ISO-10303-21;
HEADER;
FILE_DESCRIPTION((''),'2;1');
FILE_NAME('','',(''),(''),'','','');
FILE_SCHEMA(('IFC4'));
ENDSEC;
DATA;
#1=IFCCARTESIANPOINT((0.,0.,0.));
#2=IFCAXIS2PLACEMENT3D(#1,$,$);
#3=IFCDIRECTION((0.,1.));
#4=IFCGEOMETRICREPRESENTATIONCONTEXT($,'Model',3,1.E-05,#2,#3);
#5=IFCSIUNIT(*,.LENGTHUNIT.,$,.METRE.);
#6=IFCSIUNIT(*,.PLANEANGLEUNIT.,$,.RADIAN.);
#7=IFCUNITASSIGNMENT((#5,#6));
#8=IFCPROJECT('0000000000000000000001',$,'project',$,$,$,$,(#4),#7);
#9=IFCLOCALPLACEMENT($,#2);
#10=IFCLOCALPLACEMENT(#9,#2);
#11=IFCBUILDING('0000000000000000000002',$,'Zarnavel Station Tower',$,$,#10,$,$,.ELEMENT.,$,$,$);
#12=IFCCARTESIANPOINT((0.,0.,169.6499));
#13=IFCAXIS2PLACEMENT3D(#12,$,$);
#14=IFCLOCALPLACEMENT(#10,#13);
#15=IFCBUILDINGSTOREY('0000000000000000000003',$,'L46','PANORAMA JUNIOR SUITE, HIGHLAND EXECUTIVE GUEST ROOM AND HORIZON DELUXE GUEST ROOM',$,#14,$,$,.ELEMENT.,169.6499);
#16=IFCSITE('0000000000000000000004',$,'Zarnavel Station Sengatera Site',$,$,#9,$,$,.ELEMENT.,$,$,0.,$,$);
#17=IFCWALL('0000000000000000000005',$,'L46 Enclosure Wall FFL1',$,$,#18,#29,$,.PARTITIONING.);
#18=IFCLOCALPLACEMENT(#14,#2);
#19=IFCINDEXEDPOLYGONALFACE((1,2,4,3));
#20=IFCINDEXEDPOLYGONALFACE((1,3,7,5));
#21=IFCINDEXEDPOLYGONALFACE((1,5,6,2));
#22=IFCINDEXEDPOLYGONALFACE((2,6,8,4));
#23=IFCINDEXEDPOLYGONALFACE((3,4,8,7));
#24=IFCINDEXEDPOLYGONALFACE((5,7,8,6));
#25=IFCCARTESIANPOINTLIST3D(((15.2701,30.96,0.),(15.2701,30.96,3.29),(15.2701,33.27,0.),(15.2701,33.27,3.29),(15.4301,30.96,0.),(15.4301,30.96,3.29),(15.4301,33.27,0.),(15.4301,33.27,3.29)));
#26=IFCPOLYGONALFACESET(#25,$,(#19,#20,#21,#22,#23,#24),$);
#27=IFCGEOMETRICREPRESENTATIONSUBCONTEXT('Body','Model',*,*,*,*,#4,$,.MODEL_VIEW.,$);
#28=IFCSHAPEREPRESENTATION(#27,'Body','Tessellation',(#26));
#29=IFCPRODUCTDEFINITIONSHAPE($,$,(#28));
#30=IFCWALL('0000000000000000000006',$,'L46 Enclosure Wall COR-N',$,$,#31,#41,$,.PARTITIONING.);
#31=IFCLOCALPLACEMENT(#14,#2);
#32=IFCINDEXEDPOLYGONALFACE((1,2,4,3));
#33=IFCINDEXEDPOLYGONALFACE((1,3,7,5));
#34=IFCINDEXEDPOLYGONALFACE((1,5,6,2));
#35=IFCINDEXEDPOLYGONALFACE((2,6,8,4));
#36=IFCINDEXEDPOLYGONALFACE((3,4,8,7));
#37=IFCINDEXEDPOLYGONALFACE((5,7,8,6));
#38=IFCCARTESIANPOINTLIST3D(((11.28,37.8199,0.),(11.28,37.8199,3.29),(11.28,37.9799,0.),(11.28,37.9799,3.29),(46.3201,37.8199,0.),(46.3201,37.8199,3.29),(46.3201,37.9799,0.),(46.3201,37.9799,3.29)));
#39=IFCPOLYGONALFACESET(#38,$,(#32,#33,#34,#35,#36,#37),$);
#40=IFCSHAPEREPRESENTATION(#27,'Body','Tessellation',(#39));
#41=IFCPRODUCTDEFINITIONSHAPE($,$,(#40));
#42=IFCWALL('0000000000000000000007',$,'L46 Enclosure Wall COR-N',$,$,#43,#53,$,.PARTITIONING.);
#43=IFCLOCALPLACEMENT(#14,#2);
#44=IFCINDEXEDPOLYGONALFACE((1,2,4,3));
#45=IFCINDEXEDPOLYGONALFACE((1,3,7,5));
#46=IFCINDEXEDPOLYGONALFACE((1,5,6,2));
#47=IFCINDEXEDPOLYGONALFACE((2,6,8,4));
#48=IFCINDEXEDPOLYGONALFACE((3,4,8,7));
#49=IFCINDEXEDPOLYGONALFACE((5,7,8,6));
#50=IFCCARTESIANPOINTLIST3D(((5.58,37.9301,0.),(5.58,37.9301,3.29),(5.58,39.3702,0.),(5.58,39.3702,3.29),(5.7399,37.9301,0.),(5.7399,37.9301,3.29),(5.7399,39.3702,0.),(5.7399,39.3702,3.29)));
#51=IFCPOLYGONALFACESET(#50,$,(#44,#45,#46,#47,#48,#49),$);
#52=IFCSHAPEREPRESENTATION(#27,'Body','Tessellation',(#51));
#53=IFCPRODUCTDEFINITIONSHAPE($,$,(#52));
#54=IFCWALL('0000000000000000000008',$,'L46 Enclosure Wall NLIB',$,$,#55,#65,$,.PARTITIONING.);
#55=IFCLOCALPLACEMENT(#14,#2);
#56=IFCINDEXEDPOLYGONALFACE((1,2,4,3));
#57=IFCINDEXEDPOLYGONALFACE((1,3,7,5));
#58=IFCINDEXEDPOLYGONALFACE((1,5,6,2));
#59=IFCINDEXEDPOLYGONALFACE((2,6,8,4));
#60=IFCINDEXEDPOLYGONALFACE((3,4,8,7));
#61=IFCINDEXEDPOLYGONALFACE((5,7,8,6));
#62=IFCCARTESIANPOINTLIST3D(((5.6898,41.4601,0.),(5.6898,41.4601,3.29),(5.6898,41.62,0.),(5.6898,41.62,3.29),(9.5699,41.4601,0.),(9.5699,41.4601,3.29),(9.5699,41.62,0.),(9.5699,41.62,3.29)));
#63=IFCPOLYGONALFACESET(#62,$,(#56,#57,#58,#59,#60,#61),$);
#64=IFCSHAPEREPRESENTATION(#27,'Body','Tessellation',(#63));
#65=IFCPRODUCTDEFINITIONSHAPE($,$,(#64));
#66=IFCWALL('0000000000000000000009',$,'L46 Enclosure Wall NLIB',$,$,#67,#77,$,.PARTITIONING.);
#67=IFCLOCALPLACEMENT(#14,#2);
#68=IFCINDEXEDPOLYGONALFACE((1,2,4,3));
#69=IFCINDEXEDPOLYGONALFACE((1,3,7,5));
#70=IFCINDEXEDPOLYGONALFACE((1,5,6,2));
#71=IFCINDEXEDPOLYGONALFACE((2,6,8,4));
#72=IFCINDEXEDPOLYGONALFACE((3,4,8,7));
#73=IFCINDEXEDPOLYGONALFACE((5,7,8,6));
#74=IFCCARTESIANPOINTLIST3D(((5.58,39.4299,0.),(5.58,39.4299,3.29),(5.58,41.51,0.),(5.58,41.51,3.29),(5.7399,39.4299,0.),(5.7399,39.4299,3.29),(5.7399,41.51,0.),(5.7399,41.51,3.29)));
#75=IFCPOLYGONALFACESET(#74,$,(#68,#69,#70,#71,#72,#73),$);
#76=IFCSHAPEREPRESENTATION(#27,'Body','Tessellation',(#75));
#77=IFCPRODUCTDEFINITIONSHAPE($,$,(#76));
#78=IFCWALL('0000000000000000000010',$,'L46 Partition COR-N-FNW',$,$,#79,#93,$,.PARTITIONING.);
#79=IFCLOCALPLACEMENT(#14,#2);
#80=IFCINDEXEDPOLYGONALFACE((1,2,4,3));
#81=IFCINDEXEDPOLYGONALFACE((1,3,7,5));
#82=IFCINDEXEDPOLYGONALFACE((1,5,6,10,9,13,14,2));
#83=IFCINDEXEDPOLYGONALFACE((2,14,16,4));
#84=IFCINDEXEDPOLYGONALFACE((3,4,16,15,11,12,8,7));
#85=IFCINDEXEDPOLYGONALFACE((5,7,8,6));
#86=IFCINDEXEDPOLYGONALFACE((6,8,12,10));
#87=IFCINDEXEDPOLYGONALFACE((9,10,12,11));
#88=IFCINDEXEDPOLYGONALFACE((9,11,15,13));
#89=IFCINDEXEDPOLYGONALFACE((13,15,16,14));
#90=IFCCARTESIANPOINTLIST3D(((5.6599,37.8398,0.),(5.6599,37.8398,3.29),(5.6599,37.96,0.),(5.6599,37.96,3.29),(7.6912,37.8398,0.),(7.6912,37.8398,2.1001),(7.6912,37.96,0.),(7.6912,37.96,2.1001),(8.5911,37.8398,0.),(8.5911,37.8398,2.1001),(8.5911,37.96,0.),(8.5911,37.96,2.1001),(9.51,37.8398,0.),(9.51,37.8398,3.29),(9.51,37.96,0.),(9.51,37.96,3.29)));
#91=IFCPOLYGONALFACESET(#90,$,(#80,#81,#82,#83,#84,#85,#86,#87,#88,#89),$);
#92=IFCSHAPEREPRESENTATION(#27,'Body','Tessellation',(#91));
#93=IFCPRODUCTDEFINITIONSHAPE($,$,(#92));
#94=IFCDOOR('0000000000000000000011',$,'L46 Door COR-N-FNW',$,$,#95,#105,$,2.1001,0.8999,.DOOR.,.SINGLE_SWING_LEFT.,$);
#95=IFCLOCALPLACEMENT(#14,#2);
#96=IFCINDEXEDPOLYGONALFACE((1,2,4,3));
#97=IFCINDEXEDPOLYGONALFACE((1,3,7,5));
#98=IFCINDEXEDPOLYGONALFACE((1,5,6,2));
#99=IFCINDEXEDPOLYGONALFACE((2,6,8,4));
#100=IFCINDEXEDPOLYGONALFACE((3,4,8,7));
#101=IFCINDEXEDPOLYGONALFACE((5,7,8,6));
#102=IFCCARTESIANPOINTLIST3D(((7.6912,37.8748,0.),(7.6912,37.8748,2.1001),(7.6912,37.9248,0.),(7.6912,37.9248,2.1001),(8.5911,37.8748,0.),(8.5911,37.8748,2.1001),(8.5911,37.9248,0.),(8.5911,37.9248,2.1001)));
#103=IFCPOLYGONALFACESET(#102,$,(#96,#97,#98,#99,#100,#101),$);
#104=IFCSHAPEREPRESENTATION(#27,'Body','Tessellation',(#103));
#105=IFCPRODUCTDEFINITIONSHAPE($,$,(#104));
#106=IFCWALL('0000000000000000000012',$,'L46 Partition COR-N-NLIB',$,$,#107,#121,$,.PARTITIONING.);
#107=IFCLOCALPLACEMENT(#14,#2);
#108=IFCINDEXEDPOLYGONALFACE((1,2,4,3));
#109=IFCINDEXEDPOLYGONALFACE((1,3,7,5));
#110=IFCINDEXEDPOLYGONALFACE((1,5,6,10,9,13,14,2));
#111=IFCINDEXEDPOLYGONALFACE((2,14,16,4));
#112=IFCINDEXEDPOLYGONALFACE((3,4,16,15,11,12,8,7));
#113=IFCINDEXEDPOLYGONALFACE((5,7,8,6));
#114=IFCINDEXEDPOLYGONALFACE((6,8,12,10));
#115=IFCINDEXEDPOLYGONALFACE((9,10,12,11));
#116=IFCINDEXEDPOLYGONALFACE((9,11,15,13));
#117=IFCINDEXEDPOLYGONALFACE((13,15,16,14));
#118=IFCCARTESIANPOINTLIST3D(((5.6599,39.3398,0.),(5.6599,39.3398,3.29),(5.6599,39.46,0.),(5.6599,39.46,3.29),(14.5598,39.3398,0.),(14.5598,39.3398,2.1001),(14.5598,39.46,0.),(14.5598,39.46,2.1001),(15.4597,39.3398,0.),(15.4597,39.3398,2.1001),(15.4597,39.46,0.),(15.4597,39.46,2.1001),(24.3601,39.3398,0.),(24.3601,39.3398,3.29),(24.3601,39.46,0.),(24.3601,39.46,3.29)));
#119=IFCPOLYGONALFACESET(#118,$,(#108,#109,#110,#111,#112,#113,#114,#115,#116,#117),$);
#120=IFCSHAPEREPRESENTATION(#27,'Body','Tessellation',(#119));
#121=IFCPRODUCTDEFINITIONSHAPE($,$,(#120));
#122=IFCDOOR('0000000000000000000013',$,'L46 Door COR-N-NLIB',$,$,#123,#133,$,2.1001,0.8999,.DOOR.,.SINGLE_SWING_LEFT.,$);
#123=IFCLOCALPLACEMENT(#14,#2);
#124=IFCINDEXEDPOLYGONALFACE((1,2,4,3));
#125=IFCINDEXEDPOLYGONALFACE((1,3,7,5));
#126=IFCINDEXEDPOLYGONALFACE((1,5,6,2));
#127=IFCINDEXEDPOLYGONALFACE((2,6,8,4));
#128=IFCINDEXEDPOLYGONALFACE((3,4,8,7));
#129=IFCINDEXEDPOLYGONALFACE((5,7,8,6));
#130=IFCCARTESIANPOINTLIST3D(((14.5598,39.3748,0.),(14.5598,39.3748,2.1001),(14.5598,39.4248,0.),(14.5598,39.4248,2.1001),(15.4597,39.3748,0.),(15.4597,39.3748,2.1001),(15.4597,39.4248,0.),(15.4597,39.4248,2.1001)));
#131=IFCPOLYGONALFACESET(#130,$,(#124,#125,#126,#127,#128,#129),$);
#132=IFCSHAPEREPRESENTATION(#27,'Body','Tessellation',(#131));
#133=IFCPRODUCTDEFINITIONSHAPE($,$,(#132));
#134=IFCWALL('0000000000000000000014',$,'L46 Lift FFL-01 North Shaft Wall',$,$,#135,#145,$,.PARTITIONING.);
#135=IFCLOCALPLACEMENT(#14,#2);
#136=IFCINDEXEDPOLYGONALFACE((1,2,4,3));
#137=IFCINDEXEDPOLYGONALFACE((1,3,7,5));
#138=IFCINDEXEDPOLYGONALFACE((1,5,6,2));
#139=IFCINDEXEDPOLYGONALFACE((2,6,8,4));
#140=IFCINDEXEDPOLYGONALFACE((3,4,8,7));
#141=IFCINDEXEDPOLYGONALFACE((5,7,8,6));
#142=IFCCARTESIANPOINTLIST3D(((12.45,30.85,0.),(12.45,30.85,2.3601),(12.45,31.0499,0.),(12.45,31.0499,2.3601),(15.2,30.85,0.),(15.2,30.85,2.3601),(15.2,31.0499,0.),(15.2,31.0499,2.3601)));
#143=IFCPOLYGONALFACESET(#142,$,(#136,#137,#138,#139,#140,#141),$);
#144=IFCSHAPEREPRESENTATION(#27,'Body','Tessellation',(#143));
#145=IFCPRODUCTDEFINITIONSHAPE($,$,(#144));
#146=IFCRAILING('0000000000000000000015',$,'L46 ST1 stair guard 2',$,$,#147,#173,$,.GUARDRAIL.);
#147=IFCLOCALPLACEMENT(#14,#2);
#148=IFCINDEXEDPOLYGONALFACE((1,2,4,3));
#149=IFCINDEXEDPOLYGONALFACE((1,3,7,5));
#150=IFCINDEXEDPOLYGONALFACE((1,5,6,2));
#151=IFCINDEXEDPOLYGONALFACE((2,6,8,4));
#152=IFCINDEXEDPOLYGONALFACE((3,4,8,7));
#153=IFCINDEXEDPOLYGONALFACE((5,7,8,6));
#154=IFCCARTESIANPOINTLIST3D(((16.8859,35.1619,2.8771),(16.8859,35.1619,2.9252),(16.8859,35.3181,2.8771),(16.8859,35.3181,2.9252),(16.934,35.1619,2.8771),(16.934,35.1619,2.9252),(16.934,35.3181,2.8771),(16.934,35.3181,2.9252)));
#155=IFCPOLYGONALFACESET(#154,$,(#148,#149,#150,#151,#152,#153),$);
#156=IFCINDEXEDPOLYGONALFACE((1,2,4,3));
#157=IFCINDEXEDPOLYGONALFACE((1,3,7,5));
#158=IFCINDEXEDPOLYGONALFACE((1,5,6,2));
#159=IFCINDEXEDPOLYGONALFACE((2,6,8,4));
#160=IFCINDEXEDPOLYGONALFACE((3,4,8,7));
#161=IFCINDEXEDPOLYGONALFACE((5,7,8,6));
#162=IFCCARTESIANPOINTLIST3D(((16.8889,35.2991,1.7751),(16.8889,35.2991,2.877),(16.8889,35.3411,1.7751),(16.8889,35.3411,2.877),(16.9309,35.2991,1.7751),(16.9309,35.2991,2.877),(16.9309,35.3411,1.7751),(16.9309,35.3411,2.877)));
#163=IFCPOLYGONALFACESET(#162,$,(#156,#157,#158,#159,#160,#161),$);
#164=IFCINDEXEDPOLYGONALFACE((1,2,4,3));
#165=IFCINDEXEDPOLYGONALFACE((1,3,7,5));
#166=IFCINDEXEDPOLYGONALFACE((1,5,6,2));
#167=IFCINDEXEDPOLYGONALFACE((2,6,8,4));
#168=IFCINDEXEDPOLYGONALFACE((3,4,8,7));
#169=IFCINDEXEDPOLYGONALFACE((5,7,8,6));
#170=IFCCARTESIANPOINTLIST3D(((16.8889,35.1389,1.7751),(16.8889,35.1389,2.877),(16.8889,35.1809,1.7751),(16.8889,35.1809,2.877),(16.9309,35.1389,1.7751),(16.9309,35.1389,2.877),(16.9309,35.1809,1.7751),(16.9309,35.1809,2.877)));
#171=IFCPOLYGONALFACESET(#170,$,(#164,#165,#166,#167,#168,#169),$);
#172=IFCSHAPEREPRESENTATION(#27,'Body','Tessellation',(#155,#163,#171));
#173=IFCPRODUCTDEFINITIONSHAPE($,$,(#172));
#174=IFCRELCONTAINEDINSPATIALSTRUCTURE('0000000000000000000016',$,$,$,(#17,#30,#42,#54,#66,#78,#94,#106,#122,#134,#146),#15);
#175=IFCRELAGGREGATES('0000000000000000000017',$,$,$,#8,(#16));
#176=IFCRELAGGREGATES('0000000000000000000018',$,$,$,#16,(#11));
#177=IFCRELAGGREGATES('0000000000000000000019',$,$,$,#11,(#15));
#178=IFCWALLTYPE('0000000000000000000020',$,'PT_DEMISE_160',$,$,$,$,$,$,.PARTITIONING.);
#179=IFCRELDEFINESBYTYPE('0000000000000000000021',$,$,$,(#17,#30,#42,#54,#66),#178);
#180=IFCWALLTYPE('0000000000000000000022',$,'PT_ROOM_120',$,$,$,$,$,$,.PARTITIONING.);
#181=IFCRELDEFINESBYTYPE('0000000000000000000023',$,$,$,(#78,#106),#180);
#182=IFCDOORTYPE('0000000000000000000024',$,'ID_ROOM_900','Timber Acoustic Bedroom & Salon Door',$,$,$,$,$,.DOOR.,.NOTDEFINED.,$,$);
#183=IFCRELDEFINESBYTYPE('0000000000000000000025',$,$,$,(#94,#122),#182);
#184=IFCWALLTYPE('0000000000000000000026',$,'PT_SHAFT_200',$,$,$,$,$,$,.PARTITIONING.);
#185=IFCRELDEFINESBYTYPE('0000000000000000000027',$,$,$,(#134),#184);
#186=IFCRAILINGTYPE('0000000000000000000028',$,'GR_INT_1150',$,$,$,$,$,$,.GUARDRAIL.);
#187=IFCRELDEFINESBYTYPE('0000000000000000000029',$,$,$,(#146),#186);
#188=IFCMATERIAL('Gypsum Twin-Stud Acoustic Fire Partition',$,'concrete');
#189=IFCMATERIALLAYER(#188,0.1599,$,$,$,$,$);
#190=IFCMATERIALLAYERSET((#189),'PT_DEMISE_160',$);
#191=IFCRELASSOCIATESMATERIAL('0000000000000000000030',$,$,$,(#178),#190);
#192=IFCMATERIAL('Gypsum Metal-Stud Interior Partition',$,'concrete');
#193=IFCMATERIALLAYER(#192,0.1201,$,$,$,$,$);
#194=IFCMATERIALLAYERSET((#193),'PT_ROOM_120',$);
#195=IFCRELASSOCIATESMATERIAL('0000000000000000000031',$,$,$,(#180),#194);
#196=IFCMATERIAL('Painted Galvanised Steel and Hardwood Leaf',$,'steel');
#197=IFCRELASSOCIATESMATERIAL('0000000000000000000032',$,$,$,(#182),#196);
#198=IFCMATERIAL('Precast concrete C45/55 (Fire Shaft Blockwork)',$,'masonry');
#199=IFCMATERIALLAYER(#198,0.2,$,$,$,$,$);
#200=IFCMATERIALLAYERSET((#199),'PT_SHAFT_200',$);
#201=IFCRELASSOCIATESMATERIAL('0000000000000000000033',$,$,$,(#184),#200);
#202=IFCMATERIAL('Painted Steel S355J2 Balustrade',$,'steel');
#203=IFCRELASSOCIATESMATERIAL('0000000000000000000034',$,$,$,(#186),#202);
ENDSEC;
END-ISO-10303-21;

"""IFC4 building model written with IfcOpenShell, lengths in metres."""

from ifc_helpers import new_model, si_unit, direction, frame, frame_2d, origin, origin_2d, place, context, subcontext, project, spatial, rectangle, extrude, material, layer, layer_set, type_object, element, fill, save


model = new_model("IFC4")

# Units and contexts
model_context = context("Model", 3, precision=1e-05, world=origin(), true_north=direction((0.0, 1.0)))
body_context = subcontext(model_context, "Body", "Model", "MODEL_VIEW")
ifc_project = project(units=[si_unit("LENGTHUNIT", "METRE"), si_unit("PLANEANGLEUNIT", "RADIAN")], contexts=[model_context])

# Site, building, storey
site_placement = place(None, origin())
site = spatial("IfcSite", under=ifc_project, at=site_placement, Name="Zarnavel Station Sengatera Site", CompositionType="ELEMENT", RefElevation=0.0)
building_placement = place(site_placement, origin())
building = spatial("IfcBuilding", under=site, at=building_placement, Name="Zarnavel Station Tower", CompositionType="ELEMENT")
storey_placement = place(building_placement, frame((0.0, 0.0, 169.6499)))
storey = spatial("IfcBuildingStorey", under=building, at=storey_placement, Name="L46", Description="PANORAMA JUNIOR SUITE, HIGHLAND EXECUTIVE GUEST ROOM AND HORIZON DELUXE GUEST ROOM", CompositionType="ELEMENT", Elevation=169.6499)

# Walls
ifc_material_1 = material(Name="Gypsum Twin-Stud Acoustic Fire Partition", Category="concrete")
ifc_layer_1 = layer(ifc_material_1, 0.1599)
ifc_layer_set_1 = layer_set([ifc_layer_1], Name="PT_DEMISE_160")
wall_type_1 = type_object("IfcWallType", Name="PT_DEMISE_160", PredefinedType="PARTITIONING", material=ifc_layer_set_1)
wall_1_placement = place(storey_placement, frame((15.3501, 30.96, 0.0), z_axis=(0.0, 0.0, 1.0), x_axis=(0.0, 1.0, 0.0)))
element("IfcWall", 1, at=wall_1_placement, inside=storey, type_object=wall_type_1, Name="L46 Enclosure Wall FFL1", PredefinedType="PARTITIONING", context=body_context, shape_type="SweptSolid", body=[
    extrude(rectangle(XDim=2.3101, YDim=0.1599, at=frame_2d((1.155, 0.0))), origin(), (0.0, 0.0, 1.0), 3.29),
])
wall_2_placement = place(storey_placement, frame((11.28, 37.8999, 0.0), z_axis=(0.0, 0.0, 1.0), x_axis=(1.0, 0.0, 0.0)))
element("IfcWall", 2, at=wall_2_placement, inside=storey, type_object=wall_type_1, Name="L46 Enclosure Wall COR-N", PredefinedType="PARTITIONING", context=body_context, shape_type="SweptSolid", body=[
    extrude(rectangle(XDim=35.04, YDim=0.1599, at=frame_2d((17.52, 0.0))), origin(), (0.0, 0.0, 1.0), 3.29),
])
wall_3_placement = place(storey_placement, frame((5.6599, 37.9299, 0.0), z_axis=(0.0, 0.0, 1.0), x_axis=(0.0, 1.0, 0.0)))
element("IfcWall", 3, at=wall_3_placement, inside=storey, type_object=wall_type_1, Name="L46 Enclosure Wall COR-N", PredefinedType="PARTITIONING", context=body_context, shape_type="SweptSolid", body=[
    extrude(rectangle(XDim=1.4402, YDim=0.1599, at=frame_2d((0.7202, 0.0))), origin(), (0.0, 0.0, 1.0), 3.29),
])
wall_4_placement = place(storey_placement, frame((5.6899, 41.54, 0.0), z_axis=(0.0, 0.0, 1.0), x_axis=(1.0, 0.0, 0.0)))
element("IfcWall", 4, at=wall_4_placement, inside=storey, type_object=wall_type_1, Name="L46 Enclosure Wall NLIB", PredefinedType="PARTITIONING", context=body_context, shape_type="SweptSolid", body=[
    extrude(rectangle(XDim=3.8801, YDim=0.1599, at=frame_2d((1.9399, 0.0))), origin(), (0.0, 0.0, 1.0), 3.29),
])
wall_5_placement = place(storey_placement, frame((5.6599, 39.4299, 0.0), z_axis=(0.0, 0.0, 1.0), x_axis=(0.0, 1.0, 0.0)))
element("IfcWall", 5, at=wall_5_placement, inside=storey, type_object=wall_type_1, Name="L46 Enclosure Wall NLIB", PredefinedType="PARTITIONING", context=body_context, shape_type="SweptSolid", body=[
    extrude(rectangle(XDim=2.0801, YDim=0.1599, at=frame_2d((1.04, 0.0))), origin(), (0.0, 0.0, 1.0), 3.29),
])

# Walls, openings, doors
ifc_material_2 = material(Name="Gypsum Metal-Stud Interior Partition", Category="concrete")
ifc_layer_2 = layer(ifc_material_2, 0.1201)
ifc_layer_set_2 = layer_set([ifc_layer_2], Name="PT_ROOM_120")
wall_type_2 = type_object("IfcWallType", Name="PT_ROOM_120", PredefinedType="PARTITIONING", material=ifc_layer_set_2)
wall_6_placement = place(storey_placement, frame((5.6599, 37.8999, 0.0), z_axis=(0.0, 0.0, 1.0), x_axis=(1.0, 0.0, 0.0)))
wall_6 = element("IfcWall", 6, at=wall_6_placement, inside=storey, type_object=wall_type_2, Name="L46 Partition COR-N-FNW", PredefinedType="PARTITIONING", context=body_context, shape_type="SweptSolid", body=[
    extrude(rectangle(XDim=3.8501, YDim=0.1201, at=frame_2d((1.925, 0.0))), origin(), (0.0, 0.0, 1.0), 3.29),
])
opening_1_placement = place(wall_6_placement, frame((2.0312, 0.0, 0.0)))
opening_1 = element("IfcOpeningElement", 7, at=opening_1_placement, cuts=wall_6, PredefinedType="OPENING", context=body_context, shape_type="SweptSolid", body=[
    extrude(rectangle(XDim=0.8999, YDim=2.1001, at=frame_2d((0.45, 1.05))), frame((0.0, 0.0701, 0.0), z_axis=(0.0, -1.0, 0.0), x_axis=(1.0, 0.0, 0.0)), (0.0, 0.0, 1.0), 0.1401),
])
ifc_material_3 = material(Name="Painted Galvanised Steel and Hardwood Leaf", Category="steel")
door_type = type_object("IfcDoorType", Name="ID_ROOM_900", Description="Timber Acoustic Bedroom & Salon Door", OperationType="NOTDEFINED", PredefinedType="DOOR", material=ifc_material_3)
door_1_placement = place(opening_1_placement, origin())
door_1 = element("IfcDoor", 8, at=door_1_placement, inside=storey, type_object=door_type, Name="L46 Door COR-N-FNW", OperationType="SINGLE_SWING_LEFT", OverallHeight=2.1001, OverallWidth=0.8999, PredefinedType="DOOR", context=body_context, shape_type="SweptSolid", body=[
    extrude(rectangle(XDim=0.8999, YDim=2.1001, at=frame_2d((0.45, 1.05))), frame((0.0, 0.0249, 0.0), z_axis=(0.0, -1.0, 0.0), x_axis=(1.0, 0.0, 0.0)), (0.0, 0.0, 1.0), 0.05),
])
fill(opening_1, door_1)
wall_7_placement = place(storey_placement, frame((5.6599, 39.3999, 0.0), z_axis=(0.0, 0.0, 1.0), x_axis=(1.0, 0.0, 0.0)))
wall_7 = element("IfcWall", 9, at=wall_7_placement, inside=storey, type_object=wall_type_2, Name="L46 Partition COR-N-NLIB", PredefinedType="PARTITIONING", context=body_context, shape_type="SweptSolid", body=[
    extrude(rectangle(XDim=18.7002, YDim=0.1201, at=frame_2d((9.3501, 0.0))), origin(), (0.0, 0.0, 1.0), 3.29),
])
opening_2_placement = place(wall_7_placement, frame((8.8999, 0.0, 0.0)))
opening_2 = element("IfcOpeningElement", 10, at=opening_2_placement, cuts=wall_7, PredefinedType="OPENING", context=body_context, shape_type="SweptSolid", body=[
    extrude(rectangle(XDim=0.8999, YDim=2.1001, at=frame_2d((0.45, 1.05))), frame((0.0, 0.0701, 0.0), z_axis=(0.0, -1.0, 0.0), x_axis=(1.0, 0.0, 0.0)), (0.0, 0.0, 1.0), 0.1401),
])
door_2_placement = place(opening_2_placement, origin())
door_2 = element("IfcDoor", 11, at=door_2_placement, inside=storey, type_object=door_type, Name="L46 Door COR-N-NLIB", OperationType="SINGLE_SWING_LEFT", OverallHeight=2.1001, OverallWidth=0.8999, PredefinedType="DOOR", context=body_context, shape_type="SweptSolid", body=[
    extrude(rectangle(XDim=0.8999, YDim=2.1001, at=frame_2d((0.45, 1.05))), frame((0.0, 0.0249, 0.0), z_axis=(0.0, -1.0, 0.0), x_axis=(1.0, 0.0, 0.0)), (0.0, 0.0, 1.0), 0.05),
])
fill(opening_2, door_2)

# Wall
ifc_material_4 = material(Name="Precast concrete C45/55 (Fire Shaft Blockwork)", Category="masonry")
ifc_layer_3 = layer(ifc_material_4, 0.2)
ifc_layer_set_3 = layer_set([ifc_layer_3], Name="PT_SHAFT_200")
wall_type_3 = type_object("IfcWallType", Name="PT_SHAFT_200", PredefinedType="PARTITIONING", material=ifc_layer_set_3)
wall_8_placement = place(storey_placement, frame((12.45, 30.95, 0.0), z_axis=(0.0, 0.0, 1.0), x_axis=(1.0, 0.0, 0.0)))
element("IfcWall", 12, at=wall_8_placement, inside=storey, type_object=wall_type_3, Name="L46 Lift FFL-01 North Shaft Wall", PredefinedType="PARTITIONING", context=body_context, shape_type="SweptSolid", body=[
    extrude(rectangle(XDim=2.75, YDim=0.2, at=frame_2d((1.375, 0.0))), origin(), (0.0, 0.0, 1.0), 2.3601),
])

# Railing
ifc_material_5 = material(Name="Painted Steel S355J2 Balustrade", Category="steel")
railing_type_1 = type_object("IfcRailingType", Name="GR_INT_1150", PredefinedType="GUARDRAIL", material=ifc_material_5)
railing_1_placement = place(storey_placement, frame((16.9099, 35.3201, 1.7751)))
element("IfcRailing", 13, at=railing_1_placement, inside=storey, type_object=railing_type_1, Name="L46 ST1 stair guard 2", PredefinedType="GUARDRAIL", context=body_context, shape_type="SweptSolid", body=[
    extrude(rectangle(XDim=0.0481, YDim=0.0481, at=origin_2d()), frame((0.0, -0.002, 1.126), z_axis=(0.0, -1.0, 0.0), x_axis=(1.0, 0.0, 0.0)), (0.0, 0.0, 1.0), 0.1562),
    extrude(rectangle(XDim=0.042, YDim=0.042, at=origin_2d()), origin(), (0.0, 0.0, 1.0), 1.1018),
    extrude(rectangle(XDim=0.042, YDim=0.042, at=origin_2d()), frame((0.0, -0.1602, 0.0)), (0.0, 0.0, 1.0), 1.1018),
])

save(model, "model.ifc")
